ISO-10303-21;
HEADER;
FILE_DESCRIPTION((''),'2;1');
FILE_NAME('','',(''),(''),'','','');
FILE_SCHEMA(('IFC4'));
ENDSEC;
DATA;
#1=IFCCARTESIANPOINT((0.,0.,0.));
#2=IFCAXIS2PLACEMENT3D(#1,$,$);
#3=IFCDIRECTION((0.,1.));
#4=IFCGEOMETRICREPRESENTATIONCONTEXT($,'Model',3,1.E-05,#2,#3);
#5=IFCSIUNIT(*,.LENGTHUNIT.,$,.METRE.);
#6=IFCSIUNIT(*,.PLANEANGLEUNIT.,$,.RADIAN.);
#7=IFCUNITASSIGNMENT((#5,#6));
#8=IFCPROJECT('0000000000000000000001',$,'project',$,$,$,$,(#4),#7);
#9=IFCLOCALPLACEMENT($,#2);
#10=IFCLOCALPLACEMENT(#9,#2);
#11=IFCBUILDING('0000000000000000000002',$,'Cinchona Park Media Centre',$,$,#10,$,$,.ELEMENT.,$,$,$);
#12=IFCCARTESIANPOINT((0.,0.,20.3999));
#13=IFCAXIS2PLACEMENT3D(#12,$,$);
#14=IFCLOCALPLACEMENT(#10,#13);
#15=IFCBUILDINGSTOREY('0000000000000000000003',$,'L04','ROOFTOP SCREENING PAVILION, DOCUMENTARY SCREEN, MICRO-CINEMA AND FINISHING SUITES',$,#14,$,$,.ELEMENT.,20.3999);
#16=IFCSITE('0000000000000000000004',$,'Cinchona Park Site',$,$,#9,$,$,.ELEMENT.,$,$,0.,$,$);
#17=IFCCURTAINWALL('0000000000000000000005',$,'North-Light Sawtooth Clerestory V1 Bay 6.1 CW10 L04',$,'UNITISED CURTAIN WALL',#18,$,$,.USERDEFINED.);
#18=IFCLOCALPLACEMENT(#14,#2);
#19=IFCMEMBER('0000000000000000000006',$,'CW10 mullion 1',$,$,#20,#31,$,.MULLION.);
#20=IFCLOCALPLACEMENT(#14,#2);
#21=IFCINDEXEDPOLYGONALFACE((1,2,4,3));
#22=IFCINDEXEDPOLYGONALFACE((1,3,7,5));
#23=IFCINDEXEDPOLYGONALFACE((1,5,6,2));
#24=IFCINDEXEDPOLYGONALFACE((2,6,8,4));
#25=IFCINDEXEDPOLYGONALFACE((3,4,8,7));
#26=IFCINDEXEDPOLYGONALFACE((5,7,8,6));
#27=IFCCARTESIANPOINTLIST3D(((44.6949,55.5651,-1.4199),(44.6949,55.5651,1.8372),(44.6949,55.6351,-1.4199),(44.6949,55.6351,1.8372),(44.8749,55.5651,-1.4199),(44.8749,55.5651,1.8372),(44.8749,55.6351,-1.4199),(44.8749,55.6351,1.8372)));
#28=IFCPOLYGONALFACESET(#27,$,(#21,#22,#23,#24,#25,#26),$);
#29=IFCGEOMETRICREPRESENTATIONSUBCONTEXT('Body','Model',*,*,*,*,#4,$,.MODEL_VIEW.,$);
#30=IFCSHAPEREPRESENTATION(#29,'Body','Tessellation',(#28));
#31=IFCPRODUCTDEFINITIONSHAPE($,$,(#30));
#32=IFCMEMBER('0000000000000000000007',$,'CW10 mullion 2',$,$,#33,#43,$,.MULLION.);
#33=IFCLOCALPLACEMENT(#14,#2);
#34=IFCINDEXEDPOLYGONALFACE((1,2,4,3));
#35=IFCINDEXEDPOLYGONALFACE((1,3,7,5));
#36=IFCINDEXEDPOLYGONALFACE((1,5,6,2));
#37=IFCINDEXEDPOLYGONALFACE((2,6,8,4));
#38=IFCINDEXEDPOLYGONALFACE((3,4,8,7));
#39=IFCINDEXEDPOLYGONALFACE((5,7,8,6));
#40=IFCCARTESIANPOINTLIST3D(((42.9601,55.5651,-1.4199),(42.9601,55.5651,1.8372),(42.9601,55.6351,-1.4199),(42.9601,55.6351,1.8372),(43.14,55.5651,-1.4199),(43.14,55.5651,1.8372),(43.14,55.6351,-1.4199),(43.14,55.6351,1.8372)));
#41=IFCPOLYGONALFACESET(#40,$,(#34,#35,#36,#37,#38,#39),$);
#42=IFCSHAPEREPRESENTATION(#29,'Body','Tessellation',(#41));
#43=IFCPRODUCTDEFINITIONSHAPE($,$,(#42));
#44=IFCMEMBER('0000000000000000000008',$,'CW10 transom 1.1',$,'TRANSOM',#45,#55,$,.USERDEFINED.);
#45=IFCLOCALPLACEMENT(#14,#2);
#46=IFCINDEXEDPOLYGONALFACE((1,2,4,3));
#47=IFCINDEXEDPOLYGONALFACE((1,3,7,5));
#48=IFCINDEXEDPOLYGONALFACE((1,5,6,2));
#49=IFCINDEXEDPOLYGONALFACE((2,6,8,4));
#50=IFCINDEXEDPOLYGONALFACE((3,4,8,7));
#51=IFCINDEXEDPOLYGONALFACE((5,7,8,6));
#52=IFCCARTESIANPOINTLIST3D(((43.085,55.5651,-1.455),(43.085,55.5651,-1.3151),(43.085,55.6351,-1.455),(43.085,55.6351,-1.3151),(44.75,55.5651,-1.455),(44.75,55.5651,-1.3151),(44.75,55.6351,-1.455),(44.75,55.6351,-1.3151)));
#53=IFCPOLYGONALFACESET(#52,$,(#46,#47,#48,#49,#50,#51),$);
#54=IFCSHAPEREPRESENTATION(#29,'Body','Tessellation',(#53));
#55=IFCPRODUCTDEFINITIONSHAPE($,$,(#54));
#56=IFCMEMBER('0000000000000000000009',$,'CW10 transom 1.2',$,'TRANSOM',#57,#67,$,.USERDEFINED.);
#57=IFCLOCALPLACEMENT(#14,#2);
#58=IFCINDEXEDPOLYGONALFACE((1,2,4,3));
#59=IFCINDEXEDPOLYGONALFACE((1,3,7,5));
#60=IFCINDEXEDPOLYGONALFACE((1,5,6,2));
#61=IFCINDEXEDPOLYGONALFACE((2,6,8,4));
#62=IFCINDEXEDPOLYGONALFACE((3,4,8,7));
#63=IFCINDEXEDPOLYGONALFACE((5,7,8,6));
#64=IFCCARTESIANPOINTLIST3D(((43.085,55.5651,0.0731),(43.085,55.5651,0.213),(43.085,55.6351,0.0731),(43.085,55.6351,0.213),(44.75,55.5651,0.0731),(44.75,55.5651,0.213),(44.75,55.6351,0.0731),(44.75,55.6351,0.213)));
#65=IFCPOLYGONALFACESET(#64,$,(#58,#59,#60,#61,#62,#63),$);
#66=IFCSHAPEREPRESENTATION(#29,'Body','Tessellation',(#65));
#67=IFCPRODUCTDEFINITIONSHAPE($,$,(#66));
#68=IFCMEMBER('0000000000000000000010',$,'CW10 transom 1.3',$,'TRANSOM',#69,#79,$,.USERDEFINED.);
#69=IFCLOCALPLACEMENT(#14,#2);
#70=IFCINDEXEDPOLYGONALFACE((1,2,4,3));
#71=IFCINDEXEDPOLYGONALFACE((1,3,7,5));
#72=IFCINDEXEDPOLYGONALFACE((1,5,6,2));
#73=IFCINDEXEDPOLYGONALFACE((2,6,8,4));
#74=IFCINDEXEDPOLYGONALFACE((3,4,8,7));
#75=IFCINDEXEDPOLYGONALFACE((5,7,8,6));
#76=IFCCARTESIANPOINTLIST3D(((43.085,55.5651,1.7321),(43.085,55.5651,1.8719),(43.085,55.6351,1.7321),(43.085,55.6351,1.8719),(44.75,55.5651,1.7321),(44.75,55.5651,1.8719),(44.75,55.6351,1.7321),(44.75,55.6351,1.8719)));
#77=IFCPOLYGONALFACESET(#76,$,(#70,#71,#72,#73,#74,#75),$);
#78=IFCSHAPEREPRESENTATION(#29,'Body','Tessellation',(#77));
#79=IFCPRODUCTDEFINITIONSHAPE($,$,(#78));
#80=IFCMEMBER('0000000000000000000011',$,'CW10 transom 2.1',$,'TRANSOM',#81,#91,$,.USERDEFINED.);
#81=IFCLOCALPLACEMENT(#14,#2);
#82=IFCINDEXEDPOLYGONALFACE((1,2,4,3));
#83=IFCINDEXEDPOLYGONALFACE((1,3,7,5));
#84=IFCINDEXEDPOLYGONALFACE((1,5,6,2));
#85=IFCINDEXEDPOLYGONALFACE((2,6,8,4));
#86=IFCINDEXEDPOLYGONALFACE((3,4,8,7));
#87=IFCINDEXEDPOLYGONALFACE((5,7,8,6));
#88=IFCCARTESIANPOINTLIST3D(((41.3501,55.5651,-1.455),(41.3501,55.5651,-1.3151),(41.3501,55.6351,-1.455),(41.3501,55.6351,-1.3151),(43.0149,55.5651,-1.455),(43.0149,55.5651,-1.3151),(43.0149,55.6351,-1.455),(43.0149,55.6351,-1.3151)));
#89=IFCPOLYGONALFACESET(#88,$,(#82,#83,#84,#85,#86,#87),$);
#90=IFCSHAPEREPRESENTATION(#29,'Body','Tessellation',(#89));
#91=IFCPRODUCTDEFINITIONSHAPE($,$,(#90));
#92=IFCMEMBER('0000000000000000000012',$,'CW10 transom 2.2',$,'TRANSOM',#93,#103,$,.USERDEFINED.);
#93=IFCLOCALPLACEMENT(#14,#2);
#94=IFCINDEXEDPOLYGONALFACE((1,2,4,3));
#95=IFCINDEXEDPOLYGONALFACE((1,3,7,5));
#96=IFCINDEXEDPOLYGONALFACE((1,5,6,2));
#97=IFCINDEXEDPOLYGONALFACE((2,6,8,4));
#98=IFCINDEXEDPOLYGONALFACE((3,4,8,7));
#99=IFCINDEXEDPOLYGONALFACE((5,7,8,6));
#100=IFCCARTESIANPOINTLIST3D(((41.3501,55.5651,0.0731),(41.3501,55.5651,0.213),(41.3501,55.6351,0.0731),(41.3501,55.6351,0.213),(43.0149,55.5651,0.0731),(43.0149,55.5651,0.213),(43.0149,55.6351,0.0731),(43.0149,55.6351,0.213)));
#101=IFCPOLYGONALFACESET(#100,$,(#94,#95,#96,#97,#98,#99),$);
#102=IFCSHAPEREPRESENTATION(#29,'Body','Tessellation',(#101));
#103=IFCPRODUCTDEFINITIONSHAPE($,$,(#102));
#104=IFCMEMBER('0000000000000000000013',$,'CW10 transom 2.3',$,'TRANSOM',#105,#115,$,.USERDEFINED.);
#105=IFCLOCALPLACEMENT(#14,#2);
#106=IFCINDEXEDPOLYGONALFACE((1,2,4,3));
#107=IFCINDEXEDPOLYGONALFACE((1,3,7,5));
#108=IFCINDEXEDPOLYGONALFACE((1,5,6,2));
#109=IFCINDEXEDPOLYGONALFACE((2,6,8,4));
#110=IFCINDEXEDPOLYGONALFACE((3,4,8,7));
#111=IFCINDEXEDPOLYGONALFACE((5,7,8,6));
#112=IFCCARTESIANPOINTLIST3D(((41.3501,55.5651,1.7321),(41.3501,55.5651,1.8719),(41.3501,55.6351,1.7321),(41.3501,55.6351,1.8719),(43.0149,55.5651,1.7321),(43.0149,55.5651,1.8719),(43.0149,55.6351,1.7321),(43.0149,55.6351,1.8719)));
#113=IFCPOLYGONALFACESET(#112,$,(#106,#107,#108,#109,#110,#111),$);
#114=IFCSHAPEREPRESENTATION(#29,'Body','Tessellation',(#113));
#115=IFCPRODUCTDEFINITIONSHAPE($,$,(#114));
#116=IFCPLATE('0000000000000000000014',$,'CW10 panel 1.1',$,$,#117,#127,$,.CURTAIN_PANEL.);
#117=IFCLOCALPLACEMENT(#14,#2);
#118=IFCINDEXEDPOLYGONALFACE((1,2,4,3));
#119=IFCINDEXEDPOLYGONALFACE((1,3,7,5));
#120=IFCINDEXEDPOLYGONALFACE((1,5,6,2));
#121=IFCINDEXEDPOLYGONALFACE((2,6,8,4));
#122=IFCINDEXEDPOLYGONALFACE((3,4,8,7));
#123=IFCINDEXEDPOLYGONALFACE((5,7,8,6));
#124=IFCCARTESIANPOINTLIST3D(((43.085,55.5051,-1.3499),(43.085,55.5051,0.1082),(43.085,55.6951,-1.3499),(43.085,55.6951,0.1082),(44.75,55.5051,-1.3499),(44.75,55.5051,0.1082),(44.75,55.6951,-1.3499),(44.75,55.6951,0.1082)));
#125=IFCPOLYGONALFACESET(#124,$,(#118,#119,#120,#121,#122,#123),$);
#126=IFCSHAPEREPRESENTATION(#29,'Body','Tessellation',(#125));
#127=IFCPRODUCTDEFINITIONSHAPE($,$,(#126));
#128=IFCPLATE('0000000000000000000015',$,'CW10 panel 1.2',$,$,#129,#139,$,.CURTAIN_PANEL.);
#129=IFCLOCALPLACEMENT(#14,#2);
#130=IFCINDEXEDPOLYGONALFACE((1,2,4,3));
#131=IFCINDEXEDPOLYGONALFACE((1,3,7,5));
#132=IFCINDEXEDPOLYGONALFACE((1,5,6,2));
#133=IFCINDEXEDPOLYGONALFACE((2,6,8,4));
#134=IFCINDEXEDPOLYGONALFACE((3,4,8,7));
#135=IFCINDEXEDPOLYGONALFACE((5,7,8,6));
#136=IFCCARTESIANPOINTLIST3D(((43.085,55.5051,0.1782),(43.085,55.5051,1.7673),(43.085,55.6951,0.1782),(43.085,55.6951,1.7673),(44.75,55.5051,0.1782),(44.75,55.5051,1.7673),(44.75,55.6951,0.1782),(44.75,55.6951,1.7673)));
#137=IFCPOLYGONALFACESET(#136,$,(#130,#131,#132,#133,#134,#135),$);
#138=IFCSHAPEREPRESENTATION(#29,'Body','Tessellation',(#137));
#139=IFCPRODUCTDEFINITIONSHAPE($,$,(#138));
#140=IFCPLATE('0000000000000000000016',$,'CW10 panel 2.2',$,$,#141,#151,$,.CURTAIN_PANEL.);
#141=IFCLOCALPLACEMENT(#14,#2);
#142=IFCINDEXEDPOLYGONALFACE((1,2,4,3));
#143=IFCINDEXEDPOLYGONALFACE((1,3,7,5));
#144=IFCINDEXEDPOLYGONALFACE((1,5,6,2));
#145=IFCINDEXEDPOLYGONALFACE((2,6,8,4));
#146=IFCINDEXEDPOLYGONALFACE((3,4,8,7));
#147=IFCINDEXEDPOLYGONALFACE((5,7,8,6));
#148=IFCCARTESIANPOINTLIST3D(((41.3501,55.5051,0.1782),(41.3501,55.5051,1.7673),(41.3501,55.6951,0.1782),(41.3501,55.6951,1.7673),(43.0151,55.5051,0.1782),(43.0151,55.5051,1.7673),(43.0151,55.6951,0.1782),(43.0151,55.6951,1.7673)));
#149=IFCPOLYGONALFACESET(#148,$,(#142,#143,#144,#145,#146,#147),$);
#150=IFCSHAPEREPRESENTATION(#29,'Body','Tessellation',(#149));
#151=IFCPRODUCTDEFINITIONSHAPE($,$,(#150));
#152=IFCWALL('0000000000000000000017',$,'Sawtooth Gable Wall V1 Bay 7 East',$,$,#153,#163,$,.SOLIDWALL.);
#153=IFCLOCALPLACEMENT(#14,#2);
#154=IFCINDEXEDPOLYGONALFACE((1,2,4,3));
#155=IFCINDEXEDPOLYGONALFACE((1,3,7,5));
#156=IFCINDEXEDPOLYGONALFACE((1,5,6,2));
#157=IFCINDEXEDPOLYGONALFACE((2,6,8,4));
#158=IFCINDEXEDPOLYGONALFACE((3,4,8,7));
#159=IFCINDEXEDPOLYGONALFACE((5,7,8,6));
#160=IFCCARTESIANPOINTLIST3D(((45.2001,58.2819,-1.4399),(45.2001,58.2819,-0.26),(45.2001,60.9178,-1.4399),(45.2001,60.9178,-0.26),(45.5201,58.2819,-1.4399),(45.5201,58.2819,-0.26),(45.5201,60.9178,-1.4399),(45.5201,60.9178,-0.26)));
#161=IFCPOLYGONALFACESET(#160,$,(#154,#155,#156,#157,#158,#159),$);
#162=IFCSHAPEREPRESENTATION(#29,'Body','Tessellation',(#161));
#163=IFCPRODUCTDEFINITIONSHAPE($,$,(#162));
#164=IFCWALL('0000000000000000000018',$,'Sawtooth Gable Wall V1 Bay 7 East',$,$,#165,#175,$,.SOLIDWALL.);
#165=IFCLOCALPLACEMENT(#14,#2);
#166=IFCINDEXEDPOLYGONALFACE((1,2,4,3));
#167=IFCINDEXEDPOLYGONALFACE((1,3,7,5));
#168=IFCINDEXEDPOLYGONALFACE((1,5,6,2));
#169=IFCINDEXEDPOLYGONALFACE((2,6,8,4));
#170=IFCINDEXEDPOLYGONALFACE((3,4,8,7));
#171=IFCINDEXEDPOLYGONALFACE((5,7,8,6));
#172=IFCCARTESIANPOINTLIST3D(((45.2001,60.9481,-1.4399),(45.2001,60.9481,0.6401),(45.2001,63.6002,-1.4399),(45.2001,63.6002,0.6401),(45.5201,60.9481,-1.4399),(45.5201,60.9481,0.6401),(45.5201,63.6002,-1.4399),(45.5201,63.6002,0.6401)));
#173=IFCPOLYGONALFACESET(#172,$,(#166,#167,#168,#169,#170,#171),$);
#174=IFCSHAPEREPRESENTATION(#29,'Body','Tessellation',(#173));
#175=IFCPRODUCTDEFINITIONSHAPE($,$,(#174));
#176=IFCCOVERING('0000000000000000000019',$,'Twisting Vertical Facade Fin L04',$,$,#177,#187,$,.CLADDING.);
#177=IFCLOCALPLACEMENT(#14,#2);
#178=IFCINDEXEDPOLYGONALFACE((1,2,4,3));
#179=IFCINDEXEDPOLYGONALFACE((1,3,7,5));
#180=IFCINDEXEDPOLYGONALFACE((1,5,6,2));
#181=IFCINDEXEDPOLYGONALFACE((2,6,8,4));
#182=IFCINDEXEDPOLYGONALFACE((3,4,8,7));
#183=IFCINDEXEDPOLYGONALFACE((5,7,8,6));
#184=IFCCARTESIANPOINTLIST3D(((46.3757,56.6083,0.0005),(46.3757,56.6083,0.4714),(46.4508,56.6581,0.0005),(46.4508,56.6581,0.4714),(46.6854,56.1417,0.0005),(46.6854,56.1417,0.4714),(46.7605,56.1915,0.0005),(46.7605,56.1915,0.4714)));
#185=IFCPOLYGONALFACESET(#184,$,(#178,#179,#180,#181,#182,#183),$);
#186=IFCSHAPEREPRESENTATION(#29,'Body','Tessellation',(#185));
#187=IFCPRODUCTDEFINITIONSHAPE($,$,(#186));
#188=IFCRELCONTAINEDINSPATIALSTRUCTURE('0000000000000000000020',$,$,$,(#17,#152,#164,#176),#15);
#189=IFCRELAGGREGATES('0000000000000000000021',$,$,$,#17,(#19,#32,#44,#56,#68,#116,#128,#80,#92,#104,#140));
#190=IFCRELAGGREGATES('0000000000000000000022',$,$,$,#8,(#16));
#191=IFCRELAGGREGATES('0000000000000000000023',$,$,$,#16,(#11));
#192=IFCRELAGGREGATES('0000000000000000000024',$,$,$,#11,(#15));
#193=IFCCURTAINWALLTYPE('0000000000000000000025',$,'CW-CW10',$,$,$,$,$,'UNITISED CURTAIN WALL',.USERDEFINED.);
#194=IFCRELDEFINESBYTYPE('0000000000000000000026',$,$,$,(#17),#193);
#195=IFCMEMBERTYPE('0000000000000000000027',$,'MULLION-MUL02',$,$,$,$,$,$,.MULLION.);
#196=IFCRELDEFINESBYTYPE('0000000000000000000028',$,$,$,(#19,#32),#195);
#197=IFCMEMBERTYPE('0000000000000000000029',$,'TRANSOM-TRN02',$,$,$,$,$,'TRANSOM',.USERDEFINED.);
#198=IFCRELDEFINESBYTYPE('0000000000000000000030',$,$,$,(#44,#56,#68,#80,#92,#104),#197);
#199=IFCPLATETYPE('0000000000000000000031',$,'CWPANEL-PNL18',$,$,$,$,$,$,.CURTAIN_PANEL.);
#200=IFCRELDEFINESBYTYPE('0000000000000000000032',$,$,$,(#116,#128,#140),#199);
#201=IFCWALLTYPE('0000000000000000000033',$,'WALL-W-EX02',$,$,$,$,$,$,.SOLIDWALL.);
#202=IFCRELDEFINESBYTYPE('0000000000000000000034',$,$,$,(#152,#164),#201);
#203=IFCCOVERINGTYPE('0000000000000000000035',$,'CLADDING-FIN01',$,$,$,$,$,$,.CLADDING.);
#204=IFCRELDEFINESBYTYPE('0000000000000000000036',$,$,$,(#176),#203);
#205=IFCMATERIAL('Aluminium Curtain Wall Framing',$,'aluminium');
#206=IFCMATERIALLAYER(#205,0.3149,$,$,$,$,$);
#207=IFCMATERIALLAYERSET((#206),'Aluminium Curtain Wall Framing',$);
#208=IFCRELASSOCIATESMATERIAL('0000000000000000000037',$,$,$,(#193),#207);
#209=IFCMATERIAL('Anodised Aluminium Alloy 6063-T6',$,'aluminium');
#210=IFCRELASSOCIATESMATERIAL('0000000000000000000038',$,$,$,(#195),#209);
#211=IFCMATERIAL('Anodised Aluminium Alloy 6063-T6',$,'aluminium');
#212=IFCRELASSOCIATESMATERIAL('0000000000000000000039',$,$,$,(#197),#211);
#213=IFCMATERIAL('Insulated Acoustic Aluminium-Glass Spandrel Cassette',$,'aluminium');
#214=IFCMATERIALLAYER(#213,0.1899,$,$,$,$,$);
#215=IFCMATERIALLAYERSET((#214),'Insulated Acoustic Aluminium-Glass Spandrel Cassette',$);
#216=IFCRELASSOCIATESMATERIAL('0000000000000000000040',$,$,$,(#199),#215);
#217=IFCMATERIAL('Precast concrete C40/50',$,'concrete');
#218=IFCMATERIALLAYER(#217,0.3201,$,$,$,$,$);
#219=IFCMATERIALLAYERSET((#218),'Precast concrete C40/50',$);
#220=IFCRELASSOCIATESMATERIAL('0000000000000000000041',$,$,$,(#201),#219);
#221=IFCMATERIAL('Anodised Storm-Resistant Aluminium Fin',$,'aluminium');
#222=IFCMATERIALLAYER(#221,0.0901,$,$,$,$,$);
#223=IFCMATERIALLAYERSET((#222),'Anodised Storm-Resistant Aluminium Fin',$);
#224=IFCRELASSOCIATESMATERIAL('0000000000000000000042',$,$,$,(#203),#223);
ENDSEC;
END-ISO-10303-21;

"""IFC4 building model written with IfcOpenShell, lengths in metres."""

from ifc_helpers import new_model, si_unit, direction, frame, frame_2d, origin, origin_2d, place, context, subcontext, project, spatial, rectangle, extrude, material, layer, layer_set, material_profile, profile_set, type_object, element, aggregate, save


model = new_model("IFC4")

# Units and contexts
model_context = context("Model", 3, precision=1e-05, world=origin(), true_north=direction((0.0, 1.0)))
body_context = subcontext(model_context, "Body", "Model", "MODEL_VIEW")
ifc_project = project(units=[si_unit("LENGTHUNIT", "METRE"), si_unit("PLANEANGLEUNIT", "RADIAN")], contexts=[model_context])

# Site, building, storey
site_placement = place(None, origin())
site = spatial("IfcSite", under=ifc_project, at=site_placement, Name="Cinchona Park Site", CompositionType="ELEMENT", RefElevation=0.0)
building_placement = place(site_placement, origin())
building = spatial("IfcBuilding", under=site, at=building_placement, Name="Cinchona Park Media Centre", CompositionType="ELEMENT")
storey_placement = place(building_placement, frame((0.0, 0.0, 20.3999)))
storey = spatial("IfcBuildingStorey", under=building, at=storey_placement, Name="L04", Description="ROOFTOP SCREENING PAVILION, DOCUMENTARY SCREEN, MICRO-CINEMA AND FINISHING SUITES", CompositionType="ELEMENT", Elevation=20.3999)

# Curtain wall, members, plates
ifc_material_1 = material(Name="Aluminium Curtain Wall Framing", Category="aluminium")
ifc_layer_1 = layer(ifc_material_1, 0.3149)
ifc_layer_set_1 = layer_set([ifc_layer_1], Name="Aluminium Curtain Wall Framing")
curtain_wall_type = type_object("IfcCurtainWallType", Name="CW-CW10", ElementType="UNITISED CURTAIN WALL", PredefinedType="USERDEFINED", material=ifc_layer_set_1)
curtain_wall_placement = place(storey_placement, origin())
curtain_wall = element("IfcCurtainWall", 1, at=curtain_wall_placement, inside=storey, type_object=curtain_wall_type, Name="North-Light Sawtooth Clerestory V1 Bay 6.1 CW10 L04", ObjectType="UNITISED CURTAIN WALL", PredefinedType="USERDEFINED")
ifc_material_2 = material(Name="Anodised Aluminium Alloy 6063-T6", Category="aluminium")
ifc_material_profile_1 = material_profile(ifc_material_2, rectangle(XDim=0.0701, YDim=0.1799, at=origin_2d()), Name="MUL-70X180")
ifc_profile_set_1 = profile_set([ifc_material_profile_1], Name="Anodised Aluminium Alloy 6063-T6")
member_type_1 = type_object("IfcMemberType", Name="MULLION-MUL02", PredefinedType="MULLION", material=ifc_profile_set_1)
member_1_placement = place(storey_placement, frame((44.7849, 55.6001, -1.4199), z_axis=(0.0, 0.0, 1.0), x_axis=(0.0, -1.0, 0.0)))
member_1 = element("IfcMember", 2, at=member_1_placement, type_object=member_type_1, Name="CW10 mullion 1", PredefinedType="MULLION", context=body_context, shape_type="SweptSolid", body=[
    extrude(rectangle(XDim=0.0701, YDim=0.1799, at=origin_2d()), origin(), (0.0, 0.0, 1.0), 3.2571),
])
member_2_placement = place(storey_placement, frame((43.05, 55.6001, -1.4199), z_axis=(0.0, 0.0, 1.0), x_axis=(0.0, -1.0, 0.0)))
member_2 = element("IfcMember", 3, at=member_2_placement, type_object=member_type_1, Name="CW10 mullion 2", PredefinedType="MULLION", context=body_context, shape_type="SweptSolid", body=[
    extrude(rectangle(XDim=0.0701, YDim=0.1799, at=origin_2d()), origin(), (0.0, 0.0, 1.0), 3.2571),
])
ifc_material_3 = material(Name="Anodised Aluminium Alloy 6063-T6", Category="aluminium")
ifc_material_profile_2 = material_profile(ifc_material_3, rectangle(XDim=0.0701, YDim=0.1399, at=origin_2d()), Name="TRN-70X140")
ifc_profile_set_2 = profile_set([ifc_material_profile_2], Name="Anodised Aluminium Alloy 6063-T6")
member_type_2 = type_object("IfcMemberType", Name="TRANSOM-TRN02", ElementType="TRANSOM", PredefinedType="USERDEFINED", material=ifc_profile_set_2)
member_3_placement = place(storey_placement, frame((44.75, 55.6001, -1.385), z_axis=(-1.0, 0.0, 0.0), x_axis=(0.0, -1.0, 0.0)))
member_3 = element("IfcMember", 4, at=member_3_placement, type_object=member_type_2, Name="CW10 transom 1.1", ObjectType="TRANSOM", PredefinedType="USERDEFINED", context=body_context, shape_type="SweptSolid", body=[
    extrude(rectangle(XDim=0.0701, YDim=0.1399, at=origin_2d()), origin(), (0.0, 0.0, 1.0), 1.665),
])
member_4_placement = place(storey_placement, frame((44.75, 55.6001, 0.1431), z_axis=(-1.0, 0.0, 0.0), x_axis=(0.0, -1.0, 0.0)))
member_4 = element("IfcMember", 5, at=member_4_placement, type_object=member_type_2, Name="CW10 transom 1.2", ObjectType="TRANSOM", PredefinedType="USERDEFINED", context=body_context, shape_type="SweptSolid", body=[
    extrude(rectangle(XDim=0.0701, YDim=0.1399, at=origin_2d()), origin(), (0.0, 0.0, 1.0), 1.665),
])
member_5_placement = place(storey_placement, frame((44.75, 55.6001, 1.802), z_axis=(-1.0, 0.0, 0.0), x_axis=(0.0, -1.0, 0.0)))
member_5 = element("IfcMember", 6, at=member_5_placement, type_object=member_type_2, Name="CW10 transom 1.3", ObjectType="TRANSOM", PredefinedType="USERDEFINED", context=body_context, shape_type="SweptSolid", body=[
    extrude(rectangle(XDim=0.0701, YDim=0.1399, at=origin_2d()), origin(), (0.0, 0.0, 1.0), 1.665),
])
member_6_placement = place(storey_placement, frame((43.0149, 55.6001, -1.385), z_axis=(-1.0, 0.0, 0.0), x_axis=(0.0, -1.0, 0.0)))
member_6 = element("IfcMember", 7, at=member_6_placement, type_object=member_type_2, Name="CW10 transom 2.1", ObjectType="TRANSOM", PredefinedType="USERDEFINED", context=body_context, shape_type="SweptSolid", body=[
    extrude(rectangle(XDim=0.0701, YDim=0.1399, at=origin_2d()), origin(), (0.0, 0.0, 1.0), 1.6648),
])
member_7_placement = place(storey_placement, frame((43.0149, 55.6001, 0.1431), z_axis=(-1.0, 0.0, 0.0), x_axis=(0.0, -1.0, 0.0)))
member_7 = element("IfcMember", 8, at=member_7_placement, type_object=member_type_2, Name="CW10 transom 2.2", ObjectType="TRANSOM", PredefinedType="USERDEFINED", context=body_context, shape_type="SweptSolid", body=[
    extrude(rectangle(XDim=0.0701, YDim=0.1399, at=origin_2d()), origin(), (0.0, 0.0, 1.0), 1.6648),
])
member_8_placement = place(storey_placement, frame((43.0149, 55.6001, 1.802), z_axis=(-1.0, 0.0, 0.0), x_axis=(0.0, -1.0, 0.0)))
member_8 = element("IfcMember", 9, at=member_8_placement, type_object=member_type_2, Name="CW10 transom 2.3", ObjectType="TRANSOM", PredefinedType="USERDEFINED", context=body_context, shape_type="SweptSolid", body=[
    extrude(rectangle(XDim=0.0701, YDim=0.1399, at=origin_2d()), origin(), (0.0, 0.0, 1.0), 1.6648),
])
ifc_material_4 = material(Name="Insulated Acoustic Aluminium-Glass Spandrel Cassette", Category="aluminium")
ifc_layer_2 = layer(ifc_material_4, 0.1899)
ifc_layer_set_2 = layer_set([ifc_layer_2], Name="Insulated Acoustic Aluminium-Glass Spandrel Cassette")
plate_type = type_object("IfcPlateType", Name="CWPANEL-PNL18", PredefinedType="CURTAIN_PANEL", material=ifc_layer_set_2)
plate_1_placement = place(storey_placement, frame((43.9175, 55.6001, -1.3499), z_axis=(0.0, 0.0, 1.0), x_axis=(-1.0, 0.0, 0.0)))
plate_1 = element("IfcPlate", 10, at=plate_1_placement, type_object=plate_type, Name="CW10 panel 1.1", PredefinedType="CURTAIN_PANEL", context=body_context, shape_type="SweptSolid", body=[
    extrude(rectangle(XDim=1.665, YDim=0.1899, at=origin_2d()), origin(), (0.0, 0.0, 1.0), 1.458),
])
plate_2_placement = place(storey_placement, frame((43.9175, 55.6001, 0.1782), z_axis=(0.0, 0.0, 1.0), x_axis=(-1.0, 0.0, 0.0)))
plate_2 = element("IfcPlate", 11, at=plate_2_placement, type_object=plate_type, Name="CW10 panel 1.2", PredefinedType="CURTAIN_PANEL", context=body_context, shape_type="SweptSolid", body=[
    extrude(rectangle(XDim=1.665, YDim=0.1899, at=origin_2d()), origin(), (0.0, 0.0, 1.0), 1.5891),
])
plate_3_placement = place(storey_placement, frame((42.1826, 55.6001, 0.1782), z_axis=(0.0, 0.0, 1.0), x_axis=(-1.0, 0.0, 0.0)))
plate_3 = element("IfcPlate", 12, at=plate_3_placement, type_object=plate_type, Name="CW10 panel 2.2", PredefinedType="CURTAIN_PANEL", context=body_context, shape_type="SweptSolid", body=[
    extrude(rectangle(XDim=1.665, YDim=0.1899, at=origin_2d()), origin(), (0.0, 0.0, 1.0), 1.5891),
])
aggregate(curtain_wall, [member_1, member_2, member_3, member_4, member_5, plate_1, plate_2, member_6, member_7, member_8, plate_3])

# Walls
ifc_material_5 = material(Name="Precast concrete C40/50", Category="concrete")
ifc_layer_3 = layer(ifc_material_5, 0.3201)
ifc_layer_set_3 = layer_set([ifc_layer_3], Name="Precast concrete C40/50")
wall_type = type_object("IfcWallType", Name="WALL-W-EX02", PredefinedType="SOLIDWALL", material=ifc_layer_set_3)
wall_1_placement = place(storey_placement, frame((45.3601, 58.282, -1.4399), z_axis=(0.0, 0.0, 1.0), x_axis=(0.0, 1.0, 0.0)))
element("IfcWall", 13, at=wall_1_placement, inside=storey, type_object=wall_type, Name="Sawtooth Gable Wall V1 Bay 7 East", PredefinedType="SOLIDWALL", context=body_context, shape_type="SweptSolid", body=[
    extrude(rectangle(XDim=2.636, YDim=0.3201, at=frame_2d((1.3179, 0.0))), origin(), (0.0, 0.0, 1.0), 1.1799),
])
wall_2_placement = place(storey_placement, frame((45.3601, 60.948, -1.4399), z_axis=(0.0, 0.0, 1.0), x_axis=(0.0, 1.0, 0.0)))
element("IfcWall", 14, at=wall_2_placement, inside=storey, type_object=wall_type, Name="Sawtooth Gable Wall V1 Bay 7 East", PredefinedType="SOLIDWALL", context=body_context, shape_type="SweptSolid", body=[
    extrude(rectangle(XDim=2.6521, YDim=0.3201, at=frame_2d((1.3262, 0.0))), origin(), (0.0, 0.0, 1.0), 2.0801),
])

# Covering
ifc_material_6 = material(Name="Anodised Storm-Resistant Aluminium Fin", Category="aluminium")
ifc_layer_4 = layer(ifc_material_6, 0.0901)
ifc_layer_set_4 = layer_set([ifc_layer_4], Name="Anodised Storm-Resistant Aluminium Fin")
covering_type = type_object("IfcCoveringType", Name="CLADDING-FIN01", PredefinedType="CLADDING", material=ifc_layer_set_4)
covering_1_placement = place(storey_placement, frame((46.5681, 56.3999, 0.0005), z_axis=(0.0, 0.0, 1.0), x_axis=(-0.552955, 0.833211, 0.0)))
element("IfcCovering", 15, at=covering_1_placement, inside=storey, type_object=covering_type, Name="Twisting Vertical Facade Fin L04", PredefinedType="CLADDING", context=body_context, shape_type="SweptSolid", body=[
    extrude(rectangle(XDim=0.5601, YDim=0.0901, at=origin_2d()), origin(), (0.0, 0.0, 1.0), 0.4709),
])

save(model, "model.ifc")
